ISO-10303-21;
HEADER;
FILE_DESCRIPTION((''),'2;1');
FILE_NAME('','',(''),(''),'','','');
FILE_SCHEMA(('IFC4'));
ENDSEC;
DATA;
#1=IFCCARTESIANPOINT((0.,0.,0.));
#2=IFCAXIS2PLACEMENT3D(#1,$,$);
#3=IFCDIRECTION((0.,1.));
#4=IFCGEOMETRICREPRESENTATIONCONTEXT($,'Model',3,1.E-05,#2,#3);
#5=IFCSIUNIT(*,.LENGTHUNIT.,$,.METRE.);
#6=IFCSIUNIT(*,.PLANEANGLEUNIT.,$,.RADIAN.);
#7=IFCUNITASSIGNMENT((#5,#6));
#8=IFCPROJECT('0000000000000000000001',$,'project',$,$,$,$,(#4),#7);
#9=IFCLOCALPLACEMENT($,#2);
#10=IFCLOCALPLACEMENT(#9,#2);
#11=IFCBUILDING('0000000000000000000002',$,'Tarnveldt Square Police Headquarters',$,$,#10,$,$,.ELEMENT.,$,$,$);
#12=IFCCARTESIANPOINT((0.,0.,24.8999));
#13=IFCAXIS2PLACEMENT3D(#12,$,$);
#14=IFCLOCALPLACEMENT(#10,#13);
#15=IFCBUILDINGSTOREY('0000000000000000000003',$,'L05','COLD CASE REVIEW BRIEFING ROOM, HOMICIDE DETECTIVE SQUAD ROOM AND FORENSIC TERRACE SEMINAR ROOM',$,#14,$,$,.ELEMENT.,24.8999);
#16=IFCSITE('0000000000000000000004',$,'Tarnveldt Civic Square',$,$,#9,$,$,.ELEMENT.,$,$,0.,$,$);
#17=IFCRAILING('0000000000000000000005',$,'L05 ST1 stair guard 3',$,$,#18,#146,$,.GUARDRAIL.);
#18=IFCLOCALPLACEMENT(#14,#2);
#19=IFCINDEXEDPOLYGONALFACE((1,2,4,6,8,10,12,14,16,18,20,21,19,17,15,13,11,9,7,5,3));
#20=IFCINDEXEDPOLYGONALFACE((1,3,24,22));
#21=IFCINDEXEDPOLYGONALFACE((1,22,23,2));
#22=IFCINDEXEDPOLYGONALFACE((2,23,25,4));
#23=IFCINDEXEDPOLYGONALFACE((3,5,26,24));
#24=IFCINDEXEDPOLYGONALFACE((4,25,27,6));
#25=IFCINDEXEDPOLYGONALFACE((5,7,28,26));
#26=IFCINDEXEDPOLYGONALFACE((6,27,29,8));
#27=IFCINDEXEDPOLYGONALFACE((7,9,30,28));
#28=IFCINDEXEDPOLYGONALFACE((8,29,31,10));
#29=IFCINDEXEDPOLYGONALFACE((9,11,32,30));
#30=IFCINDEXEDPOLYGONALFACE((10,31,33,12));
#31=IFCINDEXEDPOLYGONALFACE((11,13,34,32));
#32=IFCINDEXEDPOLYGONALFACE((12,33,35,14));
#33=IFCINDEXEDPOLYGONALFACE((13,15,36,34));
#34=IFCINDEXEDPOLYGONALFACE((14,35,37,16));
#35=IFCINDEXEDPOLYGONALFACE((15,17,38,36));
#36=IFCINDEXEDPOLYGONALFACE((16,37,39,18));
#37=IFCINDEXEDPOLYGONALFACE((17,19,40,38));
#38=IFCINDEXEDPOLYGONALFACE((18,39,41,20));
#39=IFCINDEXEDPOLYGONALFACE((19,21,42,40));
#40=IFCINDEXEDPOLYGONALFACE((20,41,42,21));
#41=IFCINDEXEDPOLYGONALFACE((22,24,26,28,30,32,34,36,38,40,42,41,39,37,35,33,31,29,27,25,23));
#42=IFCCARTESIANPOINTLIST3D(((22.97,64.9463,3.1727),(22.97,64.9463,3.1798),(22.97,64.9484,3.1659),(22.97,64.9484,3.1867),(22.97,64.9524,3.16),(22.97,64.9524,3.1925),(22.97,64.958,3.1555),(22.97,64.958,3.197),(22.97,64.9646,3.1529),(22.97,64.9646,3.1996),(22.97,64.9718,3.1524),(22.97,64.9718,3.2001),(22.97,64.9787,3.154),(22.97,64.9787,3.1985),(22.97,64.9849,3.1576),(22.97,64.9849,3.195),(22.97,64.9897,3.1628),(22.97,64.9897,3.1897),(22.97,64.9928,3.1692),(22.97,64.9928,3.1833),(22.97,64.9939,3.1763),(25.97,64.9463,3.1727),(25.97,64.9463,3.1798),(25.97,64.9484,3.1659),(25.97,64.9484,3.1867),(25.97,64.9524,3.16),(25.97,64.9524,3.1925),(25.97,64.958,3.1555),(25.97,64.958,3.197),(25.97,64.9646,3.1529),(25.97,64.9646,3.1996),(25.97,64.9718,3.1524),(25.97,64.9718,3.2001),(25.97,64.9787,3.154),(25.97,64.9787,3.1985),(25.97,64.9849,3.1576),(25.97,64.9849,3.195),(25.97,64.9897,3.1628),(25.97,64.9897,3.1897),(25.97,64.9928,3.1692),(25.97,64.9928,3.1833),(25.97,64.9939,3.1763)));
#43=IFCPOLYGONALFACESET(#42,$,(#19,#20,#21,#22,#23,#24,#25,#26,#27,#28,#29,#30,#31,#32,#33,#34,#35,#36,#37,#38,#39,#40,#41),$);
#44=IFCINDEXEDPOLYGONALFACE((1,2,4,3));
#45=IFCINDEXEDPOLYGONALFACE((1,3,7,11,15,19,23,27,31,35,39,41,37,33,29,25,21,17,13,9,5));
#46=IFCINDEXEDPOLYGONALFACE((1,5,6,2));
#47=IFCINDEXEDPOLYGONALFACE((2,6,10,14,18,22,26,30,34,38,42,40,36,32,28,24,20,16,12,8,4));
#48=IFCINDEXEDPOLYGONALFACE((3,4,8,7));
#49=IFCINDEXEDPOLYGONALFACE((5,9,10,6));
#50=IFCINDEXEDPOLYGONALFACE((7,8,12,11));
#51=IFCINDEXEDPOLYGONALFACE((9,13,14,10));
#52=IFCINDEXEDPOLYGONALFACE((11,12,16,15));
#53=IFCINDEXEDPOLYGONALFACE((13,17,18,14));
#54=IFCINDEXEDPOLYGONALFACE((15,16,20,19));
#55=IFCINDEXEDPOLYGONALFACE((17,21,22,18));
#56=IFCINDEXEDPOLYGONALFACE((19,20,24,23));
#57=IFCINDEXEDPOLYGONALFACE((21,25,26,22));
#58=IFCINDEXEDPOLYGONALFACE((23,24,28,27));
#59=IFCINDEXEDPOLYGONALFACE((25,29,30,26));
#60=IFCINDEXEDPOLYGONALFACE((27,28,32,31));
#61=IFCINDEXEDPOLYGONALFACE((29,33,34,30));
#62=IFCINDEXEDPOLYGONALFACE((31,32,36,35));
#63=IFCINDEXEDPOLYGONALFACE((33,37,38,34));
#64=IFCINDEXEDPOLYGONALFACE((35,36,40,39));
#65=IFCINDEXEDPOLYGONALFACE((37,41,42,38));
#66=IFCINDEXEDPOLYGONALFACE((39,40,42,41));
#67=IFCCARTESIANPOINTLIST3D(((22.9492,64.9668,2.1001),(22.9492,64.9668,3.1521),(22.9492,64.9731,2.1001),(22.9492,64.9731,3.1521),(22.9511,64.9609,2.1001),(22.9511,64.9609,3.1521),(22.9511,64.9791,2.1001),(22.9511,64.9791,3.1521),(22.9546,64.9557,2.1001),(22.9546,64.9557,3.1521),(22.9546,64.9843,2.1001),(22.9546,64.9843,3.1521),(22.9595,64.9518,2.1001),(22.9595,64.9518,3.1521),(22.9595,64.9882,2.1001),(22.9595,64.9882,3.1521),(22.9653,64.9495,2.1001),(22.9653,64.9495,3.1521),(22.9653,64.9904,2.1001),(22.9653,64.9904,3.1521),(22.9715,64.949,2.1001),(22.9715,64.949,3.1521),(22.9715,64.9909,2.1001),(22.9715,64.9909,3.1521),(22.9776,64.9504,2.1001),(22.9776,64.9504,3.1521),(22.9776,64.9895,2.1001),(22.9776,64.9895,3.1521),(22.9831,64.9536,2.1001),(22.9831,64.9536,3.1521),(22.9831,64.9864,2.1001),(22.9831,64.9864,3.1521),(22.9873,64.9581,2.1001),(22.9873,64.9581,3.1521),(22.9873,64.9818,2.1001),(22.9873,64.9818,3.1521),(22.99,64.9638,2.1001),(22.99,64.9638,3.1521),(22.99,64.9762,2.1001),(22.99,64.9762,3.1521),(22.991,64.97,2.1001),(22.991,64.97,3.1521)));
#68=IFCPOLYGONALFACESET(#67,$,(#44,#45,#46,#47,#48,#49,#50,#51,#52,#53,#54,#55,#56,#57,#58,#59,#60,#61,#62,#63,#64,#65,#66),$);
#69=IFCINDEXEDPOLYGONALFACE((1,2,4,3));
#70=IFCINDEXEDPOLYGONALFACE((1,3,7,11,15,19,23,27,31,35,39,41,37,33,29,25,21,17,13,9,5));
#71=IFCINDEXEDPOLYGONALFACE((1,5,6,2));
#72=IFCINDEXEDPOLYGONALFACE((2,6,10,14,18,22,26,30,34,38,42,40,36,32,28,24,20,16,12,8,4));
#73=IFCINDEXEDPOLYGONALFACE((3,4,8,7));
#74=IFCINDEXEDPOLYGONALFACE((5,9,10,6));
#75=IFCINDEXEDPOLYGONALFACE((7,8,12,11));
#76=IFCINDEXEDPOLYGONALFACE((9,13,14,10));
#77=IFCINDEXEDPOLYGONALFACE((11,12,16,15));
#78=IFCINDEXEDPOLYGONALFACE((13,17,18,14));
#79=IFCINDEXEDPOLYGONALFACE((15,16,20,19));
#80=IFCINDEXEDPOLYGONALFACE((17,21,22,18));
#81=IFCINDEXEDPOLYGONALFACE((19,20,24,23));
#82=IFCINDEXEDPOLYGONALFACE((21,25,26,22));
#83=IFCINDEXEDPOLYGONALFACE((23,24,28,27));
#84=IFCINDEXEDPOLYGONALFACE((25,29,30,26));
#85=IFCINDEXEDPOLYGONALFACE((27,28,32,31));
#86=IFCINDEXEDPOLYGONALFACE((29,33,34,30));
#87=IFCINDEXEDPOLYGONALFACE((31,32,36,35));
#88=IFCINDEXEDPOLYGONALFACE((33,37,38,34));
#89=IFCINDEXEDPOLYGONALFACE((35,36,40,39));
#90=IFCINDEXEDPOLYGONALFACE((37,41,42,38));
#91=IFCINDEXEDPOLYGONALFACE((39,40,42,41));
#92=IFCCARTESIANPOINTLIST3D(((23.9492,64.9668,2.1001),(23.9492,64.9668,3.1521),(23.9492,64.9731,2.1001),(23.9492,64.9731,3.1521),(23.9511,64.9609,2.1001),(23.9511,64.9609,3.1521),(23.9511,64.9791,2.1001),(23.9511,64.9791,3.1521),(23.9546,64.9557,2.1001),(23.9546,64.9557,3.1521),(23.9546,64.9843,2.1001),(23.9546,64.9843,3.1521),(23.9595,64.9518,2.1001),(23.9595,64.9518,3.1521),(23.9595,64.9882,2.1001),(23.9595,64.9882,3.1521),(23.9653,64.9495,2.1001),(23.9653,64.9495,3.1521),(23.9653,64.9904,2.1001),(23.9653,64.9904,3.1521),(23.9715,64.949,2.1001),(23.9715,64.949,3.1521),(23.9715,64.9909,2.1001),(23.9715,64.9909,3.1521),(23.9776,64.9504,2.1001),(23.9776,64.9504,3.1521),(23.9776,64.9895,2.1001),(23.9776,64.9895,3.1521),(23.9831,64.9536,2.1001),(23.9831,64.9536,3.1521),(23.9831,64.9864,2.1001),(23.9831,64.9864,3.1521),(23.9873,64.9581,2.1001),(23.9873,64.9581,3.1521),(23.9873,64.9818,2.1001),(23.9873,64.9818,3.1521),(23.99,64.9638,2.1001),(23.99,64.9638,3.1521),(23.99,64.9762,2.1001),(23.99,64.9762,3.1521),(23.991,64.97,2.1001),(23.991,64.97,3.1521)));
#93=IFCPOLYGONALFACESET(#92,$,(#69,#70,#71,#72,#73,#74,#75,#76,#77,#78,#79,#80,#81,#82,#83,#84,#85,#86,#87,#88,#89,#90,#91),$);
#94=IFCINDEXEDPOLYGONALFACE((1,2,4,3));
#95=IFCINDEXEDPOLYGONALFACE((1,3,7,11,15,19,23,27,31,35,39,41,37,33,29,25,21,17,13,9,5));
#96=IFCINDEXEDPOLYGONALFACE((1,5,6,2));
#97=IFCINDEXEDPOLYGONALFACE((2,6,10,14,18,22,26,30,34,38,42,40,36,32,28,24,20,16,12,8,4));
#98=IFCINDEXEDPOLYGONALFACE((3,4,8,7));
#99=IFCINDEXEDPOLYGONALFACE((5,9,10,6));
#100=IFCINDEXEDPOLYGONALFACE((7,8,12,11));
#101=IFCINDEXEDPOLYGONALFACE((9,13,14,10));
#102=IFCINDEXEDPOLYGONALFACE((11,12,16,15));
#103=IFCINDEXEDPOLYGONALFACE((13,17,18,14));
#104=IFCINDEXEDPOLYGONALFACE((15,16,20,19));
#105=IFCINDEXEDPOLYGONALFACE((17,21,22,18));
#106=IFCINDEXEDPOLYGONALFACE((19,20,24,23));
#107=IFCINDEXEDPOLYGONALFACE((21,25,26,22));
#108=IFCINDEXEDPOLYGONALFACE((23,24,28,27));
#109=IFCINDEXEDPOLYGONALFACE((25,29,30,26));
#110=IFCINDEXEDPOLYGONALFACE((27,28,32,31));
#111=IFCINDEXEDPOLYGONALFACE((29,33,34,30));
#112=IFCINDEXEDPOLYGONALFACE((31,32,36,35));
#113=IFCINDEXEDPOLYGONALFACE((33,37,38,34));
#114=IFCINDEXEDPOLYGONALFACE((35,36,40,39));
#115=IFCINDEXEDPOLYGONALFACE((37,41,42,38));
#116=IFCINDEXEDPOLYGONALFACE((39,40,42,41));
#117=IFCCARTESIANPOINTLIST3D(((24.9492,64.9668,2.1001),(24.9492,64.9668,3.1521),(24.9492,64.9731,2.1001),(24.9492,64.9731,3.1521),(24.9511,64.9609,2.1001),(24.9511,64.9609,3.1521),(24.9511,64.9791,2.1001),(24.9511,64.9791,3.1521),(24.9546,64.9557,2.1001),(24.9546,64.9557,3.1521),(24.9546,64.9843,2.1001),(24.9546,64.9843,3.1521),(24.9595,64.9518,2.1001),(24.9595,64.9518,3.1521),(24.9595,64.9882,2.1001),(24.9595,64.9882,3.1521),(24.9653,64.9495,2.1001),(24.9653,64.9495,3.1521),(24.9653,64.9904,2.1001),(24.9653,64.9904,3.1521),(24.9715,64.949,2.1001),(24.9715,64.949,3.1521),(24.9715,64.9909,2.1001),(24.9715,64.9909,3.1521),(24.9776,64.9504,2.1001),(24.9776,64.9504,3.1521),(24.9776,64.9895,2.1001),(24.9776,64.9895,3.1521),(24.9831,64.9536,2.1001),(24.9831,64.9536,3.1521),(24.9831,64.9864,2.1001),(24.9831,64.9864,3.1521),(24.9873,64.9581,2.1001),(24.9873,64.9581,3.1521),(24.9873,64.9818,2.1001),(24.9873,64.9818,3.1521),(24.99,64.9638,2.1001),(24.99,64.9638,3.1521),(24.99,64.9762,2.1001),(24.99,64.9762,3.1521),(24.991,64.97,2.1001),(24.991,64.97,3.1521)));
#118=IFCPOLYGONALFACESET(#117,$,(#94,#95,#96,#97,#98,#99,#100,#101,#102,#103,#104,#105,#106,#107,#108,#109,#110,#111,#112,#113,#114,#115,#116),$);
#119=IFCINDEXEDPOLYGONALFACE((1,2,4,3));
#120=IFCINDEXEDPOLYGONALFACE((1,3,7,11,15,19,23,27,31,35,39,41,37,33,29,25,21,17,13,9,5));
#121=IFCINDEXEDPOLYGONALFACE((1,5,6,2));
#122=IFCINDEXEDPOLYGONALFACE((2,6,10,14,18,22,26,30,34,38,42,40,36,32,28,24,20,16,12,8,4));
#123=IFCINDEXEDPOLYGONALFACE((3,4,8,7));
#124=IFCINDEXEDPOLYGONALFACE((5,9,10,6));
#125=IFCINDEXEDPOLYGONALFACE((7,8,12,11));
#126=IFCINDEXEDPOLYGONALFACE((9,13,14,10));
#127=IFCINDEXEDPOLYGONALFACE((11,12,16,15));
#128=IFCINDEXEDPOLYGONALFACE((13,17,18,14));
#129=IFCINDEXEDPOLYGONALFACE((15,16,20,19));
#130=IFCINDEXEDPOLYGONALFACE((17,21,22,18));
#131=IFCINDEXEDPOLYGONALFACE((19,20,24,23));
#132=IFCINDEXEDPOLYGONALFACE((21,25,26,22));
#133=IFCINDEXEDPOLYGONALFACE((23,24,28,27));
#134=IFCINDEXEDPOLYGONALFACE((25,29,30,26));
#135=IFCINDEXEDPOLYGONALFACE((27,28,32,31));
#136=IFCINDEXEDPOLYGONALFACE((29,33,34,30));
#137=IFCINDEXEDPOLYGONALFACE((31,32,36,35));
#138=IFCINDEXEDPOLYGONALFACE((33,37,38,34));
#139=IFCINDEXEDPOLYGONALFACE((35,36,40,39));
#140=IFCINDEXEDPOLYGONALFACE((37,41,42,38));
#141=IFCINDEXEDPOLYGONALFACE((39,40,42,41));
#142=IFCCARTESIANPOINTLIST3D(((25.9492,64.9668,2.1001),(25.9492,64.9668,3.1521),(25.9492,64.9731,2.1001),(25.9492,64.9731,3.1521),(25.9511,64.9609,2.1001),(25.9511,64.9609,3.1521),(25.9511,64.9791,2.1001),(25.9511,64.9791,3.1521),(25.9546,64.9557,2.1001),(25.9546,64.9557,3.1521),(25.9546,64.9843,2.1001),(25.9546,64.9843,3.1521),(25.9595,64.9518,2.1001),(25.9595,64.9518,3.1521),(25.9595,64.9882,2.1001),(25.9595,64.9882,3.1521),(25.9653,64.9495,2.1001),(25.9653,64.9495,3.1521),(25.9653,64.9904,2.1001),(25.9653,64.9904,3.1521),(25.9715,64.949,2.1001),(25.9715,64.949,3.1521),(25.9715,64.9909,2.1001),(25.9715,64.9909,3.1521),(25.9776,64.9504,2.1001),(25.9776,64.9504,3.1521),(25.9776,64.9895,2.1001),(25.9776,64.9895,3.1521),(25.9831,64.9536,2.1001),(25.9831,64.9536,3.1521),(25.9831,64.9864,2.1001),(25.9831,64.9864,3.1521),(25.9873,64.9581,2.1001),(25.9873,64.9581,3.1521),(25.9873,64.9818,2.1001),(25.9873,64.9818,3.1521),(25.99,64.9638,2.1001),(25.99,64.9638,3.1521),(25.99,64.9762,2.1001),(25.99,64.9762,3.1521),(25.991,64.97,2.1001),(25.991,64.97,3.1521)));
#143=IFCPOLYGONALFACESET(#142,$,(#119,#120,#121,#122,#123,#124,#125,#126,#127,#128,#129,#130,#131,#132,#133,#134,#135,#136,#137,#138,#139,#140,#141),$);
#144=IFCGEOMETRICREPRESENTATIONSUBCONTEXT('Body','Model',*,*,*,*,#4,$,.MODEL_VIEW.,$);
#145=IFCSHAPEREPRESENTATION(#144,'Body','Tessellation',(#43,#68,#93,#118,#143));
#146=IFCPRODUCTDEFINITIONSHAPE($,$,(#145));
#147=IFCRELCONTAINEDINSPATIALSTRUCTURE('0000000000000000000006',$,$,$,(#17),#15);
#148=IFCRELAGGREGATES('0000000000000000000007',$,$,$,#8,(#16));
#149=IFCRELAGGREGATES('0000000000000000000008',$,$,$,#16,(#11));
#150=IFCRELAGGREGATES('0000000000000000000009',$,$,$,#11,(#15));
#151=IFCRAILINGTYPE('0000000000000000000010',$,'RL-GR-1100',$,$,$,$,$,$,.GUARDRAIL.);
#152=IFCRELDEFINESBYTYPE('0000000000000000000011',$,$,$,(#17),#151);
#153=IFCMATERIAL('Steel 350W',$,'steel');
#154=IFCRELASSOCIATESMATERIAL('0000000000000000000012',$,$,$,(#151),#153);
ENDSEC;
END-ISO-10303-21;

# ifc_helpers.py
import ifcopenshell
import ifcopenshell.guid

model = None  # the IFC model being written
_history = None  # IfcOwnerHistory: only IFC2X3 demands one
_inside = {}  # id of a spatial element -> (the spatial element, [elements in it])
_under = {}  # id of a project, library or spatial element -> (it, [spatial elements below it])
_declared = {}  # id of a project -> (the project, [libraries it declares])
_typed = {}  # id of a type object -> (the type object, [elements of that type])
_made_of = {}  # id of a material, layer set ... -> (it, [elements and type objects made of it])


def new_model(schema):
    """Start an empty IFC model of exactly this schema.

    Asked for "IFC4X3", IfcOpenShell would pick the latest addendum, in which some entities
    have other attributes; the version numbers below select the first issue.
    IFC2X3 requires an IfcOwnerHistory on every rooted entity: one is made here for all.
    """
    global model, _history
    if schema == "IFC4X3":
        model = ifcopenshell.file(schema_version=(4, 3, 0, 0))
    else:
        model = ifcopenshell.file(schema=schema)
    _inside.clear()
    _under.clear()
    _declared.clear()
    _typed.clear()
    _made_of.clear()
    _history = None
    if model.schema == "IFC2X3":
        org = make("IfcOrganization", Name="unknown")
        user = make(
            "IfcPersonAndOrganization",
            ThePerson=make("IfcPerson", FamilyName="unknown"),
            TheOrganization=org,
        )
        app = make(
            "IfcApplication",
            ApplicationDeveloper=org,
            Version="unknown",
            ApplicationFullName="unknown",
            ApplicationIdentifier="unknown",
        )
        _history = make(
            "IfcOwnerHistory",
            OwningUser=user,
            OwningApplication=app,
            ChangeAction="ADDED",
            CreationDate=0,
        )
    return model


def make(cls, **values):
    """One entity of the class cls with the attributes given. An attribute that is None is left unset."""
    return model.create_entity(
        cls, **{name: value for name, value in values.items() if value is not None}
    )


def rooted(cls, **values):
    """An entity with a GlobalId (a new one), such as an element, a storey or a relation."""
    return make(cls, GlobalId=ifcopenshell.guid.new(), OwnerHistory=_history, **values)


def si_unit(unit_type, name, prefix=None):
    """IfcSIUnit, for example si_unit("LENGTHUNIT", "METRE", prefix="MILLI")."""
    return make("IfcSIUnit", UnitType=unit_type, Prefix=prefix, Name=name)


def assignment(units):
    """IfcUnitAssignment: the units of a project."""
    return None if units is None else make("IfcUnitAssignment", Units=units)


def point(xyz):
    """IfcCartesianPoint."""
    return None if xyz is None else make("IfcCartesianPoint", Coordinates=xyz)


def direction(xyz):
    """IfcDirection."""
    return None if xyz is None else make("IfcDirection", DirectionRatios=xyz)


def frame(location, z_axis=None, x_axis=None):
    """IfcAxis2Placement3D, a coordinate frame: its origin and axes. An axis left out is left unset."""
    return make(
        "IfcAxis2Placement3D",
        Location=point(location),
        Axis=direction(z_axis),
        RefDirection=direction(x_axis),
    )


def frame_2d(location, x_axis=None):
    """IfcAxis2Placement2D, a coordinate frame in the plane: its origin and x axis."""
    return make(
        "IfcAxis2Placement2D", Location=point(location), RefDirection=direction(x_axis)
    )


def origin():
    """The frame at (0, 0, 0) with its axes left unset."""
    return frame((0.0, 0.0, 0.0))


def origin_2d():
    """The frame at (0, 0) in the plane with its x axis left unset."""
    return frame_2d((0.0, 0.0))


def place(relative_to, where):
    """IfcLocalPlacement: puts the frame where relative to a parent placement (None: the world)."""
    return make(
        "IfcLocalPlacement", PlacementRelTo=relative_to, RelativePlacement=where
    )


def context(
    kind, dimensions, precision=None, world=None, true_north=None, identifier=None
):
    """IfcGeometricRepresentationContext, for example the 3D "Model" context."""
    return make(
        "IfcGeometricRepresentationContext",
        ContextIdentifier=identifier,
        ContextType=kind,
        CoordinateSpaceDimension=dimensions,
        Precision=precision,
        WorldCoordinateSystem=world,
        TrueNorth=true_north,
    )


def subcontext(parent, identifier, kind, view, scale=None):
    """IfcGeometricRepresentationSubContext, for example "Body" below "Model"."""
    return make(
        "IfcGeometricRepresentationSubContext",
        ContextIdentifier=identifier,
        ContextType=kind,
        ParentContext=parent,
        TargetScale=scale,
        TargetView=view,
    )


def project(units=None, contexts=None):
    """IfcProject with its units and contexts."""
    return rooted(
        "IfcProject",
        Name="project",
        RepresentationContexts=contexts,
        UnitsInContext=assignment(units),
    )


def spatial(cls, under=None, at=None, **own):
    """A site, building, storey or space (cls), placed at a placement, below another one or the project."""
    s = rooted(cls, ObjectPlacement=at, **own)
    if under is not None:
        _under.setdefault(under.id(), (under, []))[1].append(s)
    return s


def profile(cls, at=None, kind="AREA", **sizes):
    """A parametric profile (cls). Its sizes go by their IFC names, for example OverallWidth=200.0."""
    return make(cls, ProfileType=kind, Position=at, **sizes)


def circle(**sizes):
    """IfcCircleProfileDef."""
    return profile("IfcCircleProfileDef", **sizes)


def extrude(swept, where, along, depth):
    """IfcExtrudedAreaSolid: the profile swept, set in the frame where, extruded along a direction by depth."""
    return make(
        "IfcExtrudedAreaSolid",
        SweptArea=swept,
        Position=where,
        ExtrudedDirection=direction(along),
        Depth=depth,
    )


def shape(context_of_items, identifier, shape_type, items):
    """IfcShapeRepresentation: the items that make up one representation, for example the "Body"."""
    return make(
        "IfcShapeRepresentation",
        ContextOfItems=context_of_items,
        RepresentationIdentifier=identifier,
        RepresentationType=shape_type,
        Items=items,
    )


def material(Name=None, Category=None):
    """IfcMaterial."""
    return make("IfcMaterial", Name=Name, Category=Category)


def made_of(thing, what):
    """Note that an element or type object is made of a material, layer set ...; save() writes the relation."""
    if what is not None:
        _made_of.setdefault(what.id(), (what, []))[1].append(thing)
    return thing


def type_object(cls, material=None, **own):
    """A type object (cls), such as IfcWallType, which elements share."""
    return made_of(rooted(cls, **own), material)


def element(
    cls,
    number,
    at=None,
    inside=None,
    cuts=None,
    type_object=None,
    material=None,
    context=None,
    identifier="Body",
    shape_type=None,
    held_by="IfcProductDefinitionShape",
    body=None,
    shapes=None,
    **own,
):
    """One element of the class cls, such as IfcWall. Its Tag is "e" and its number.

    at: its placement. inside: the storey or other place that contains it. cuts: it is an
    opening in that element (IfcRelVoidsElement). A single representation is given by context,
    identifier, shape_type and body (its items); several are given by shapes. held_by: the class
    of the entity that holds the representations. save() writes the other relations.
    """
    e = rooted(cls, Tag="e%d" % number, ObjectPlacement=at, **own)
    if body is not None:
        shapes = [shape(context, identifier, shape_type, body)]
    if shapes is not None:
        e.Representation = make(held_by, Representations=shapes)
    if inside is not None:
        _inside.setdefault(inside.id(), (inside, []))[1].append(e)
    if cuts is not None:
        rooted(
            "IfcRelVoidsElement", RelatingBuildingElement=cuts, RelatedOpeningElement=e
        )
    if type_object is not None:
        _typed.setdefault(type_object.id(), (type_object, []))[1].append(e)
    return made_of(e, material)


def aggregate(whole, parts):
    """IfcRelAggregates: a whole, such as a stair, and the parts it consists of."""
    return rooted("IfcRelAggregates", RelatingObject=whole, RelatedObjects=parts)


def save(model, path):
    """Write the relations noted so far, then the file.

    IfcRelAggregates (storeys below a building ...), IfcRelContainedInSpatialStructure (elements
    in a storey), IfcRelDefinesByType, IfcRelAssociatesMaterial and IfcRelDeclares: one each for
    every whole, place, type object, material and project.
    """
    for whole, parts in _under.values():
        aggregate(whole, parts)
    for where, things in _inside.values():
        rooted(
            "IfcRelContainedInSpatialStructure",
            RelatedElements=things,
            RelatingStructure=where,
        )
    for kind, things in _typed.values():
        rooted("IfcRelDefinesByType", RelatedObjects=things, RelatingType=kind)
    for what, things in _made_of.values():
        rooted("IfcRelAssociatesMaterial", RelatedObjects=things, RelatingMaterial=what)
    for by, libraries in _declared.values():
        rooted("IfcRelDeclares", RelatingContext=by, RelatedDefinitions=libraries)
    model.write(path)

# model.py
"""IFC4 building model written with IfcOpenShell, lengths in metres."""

from ifc_helpers import new_model, si_unit, direction, frame, origin, origin_2d, place, context, subcontext, project, spatial, circle, extrude, material, type_object, element, save


model = new_model("IFC4")

# Units and contexts
model_context = context("Model", 3, precision=1e-05, world=origin(), true_north=direction((0.0, 1.0)))
body_context = subcontext(model_context, "Body", "Model", "MODEL_VIEW")
ifc_project = project(units=[si_unit("LENGTHUNIT", "METRE"), si_unit("PLANEANGLEUNIT", "RADIAN")], contexts=[model_context])

# Site, building, storey
site_placement = place(None, origin())
site = spatial("IfcSite", under=ifc_project, at=site_placement, Name="Tarnveldt Civic Square", CompositionType="ELEMENT", RefElevation=0.0)
building_placement = place(site_placement, origin())
building = spatial("IfcBuilding", under=site, at=building_placement, Name="Tarnveldt Square Police Headquarters", CompositionType="ELEMENT")
storey_placement = place(building_placement, frame((0.0, 0.0, 24.8999)))
storey = spatial("IfcBuildingStorey", under=building, at=storey_placement, Name="L05", Description="COLD CASE REVIEW BRIEFING ROOM, HOMICIDE DETECTIVE SQUAD ROOM AND FORENSIC TERRACE SEMINAR ROOM", CompositionType="ELEMENT", Elevation=24.8999)

# Shared definitions
ifc_material_1 = material(Name="Steel 350W", Category="steel")

# Railing
railing_type_1 = type_object("IfcRailingType", Name="RL-GR-1100", PredefinedType="GUARDRAIL", material=ifc_material_1)
railing_1_placement = place(storey_placement, frame((22.97, 64.97, 2.1001)))
element("IfcRailing", 1, at=railing_1_placement, inside=storey, type_object=railing_type_1, Name="L05 ST1 stair guard 3", PredefinedType="GUARDRAIL", context=body_context, shape_type="SweptSolid", body=[
    extrude(circle(Radius=0.0239, at=origin_2d()), frame((0.0, 0.0, 1.0762), z_axis=(1.0, 0.0, 0.0), x_axis=(0.0, 1.0, 0.0)), (0.0, 0.0, 1.0), 3.0),
    extrude(circle(Radius=0.021, at=origin_2d()), origin(), (0.0, 0.0, 1.0), 1.052),
    extrude(circle(Radius=0.021, at=origin_2d()), frame((1.0, 0.0, 0.0)), (0.0, 0.0, 1.0), 1.052),
    extrude(circle(Radius=0.021, at=origin_2d()), frame((2.0, 0.0, 0.0)), (0.0, 0.0, 1.0), 1.052),
    extrude(circle(Radius=0.021, at=origin_2d()), frame((3.0, 0.0, 0.0)), (0.0, 0.0, 1.0), 1.052),
])

save(model, "model.ifc")
